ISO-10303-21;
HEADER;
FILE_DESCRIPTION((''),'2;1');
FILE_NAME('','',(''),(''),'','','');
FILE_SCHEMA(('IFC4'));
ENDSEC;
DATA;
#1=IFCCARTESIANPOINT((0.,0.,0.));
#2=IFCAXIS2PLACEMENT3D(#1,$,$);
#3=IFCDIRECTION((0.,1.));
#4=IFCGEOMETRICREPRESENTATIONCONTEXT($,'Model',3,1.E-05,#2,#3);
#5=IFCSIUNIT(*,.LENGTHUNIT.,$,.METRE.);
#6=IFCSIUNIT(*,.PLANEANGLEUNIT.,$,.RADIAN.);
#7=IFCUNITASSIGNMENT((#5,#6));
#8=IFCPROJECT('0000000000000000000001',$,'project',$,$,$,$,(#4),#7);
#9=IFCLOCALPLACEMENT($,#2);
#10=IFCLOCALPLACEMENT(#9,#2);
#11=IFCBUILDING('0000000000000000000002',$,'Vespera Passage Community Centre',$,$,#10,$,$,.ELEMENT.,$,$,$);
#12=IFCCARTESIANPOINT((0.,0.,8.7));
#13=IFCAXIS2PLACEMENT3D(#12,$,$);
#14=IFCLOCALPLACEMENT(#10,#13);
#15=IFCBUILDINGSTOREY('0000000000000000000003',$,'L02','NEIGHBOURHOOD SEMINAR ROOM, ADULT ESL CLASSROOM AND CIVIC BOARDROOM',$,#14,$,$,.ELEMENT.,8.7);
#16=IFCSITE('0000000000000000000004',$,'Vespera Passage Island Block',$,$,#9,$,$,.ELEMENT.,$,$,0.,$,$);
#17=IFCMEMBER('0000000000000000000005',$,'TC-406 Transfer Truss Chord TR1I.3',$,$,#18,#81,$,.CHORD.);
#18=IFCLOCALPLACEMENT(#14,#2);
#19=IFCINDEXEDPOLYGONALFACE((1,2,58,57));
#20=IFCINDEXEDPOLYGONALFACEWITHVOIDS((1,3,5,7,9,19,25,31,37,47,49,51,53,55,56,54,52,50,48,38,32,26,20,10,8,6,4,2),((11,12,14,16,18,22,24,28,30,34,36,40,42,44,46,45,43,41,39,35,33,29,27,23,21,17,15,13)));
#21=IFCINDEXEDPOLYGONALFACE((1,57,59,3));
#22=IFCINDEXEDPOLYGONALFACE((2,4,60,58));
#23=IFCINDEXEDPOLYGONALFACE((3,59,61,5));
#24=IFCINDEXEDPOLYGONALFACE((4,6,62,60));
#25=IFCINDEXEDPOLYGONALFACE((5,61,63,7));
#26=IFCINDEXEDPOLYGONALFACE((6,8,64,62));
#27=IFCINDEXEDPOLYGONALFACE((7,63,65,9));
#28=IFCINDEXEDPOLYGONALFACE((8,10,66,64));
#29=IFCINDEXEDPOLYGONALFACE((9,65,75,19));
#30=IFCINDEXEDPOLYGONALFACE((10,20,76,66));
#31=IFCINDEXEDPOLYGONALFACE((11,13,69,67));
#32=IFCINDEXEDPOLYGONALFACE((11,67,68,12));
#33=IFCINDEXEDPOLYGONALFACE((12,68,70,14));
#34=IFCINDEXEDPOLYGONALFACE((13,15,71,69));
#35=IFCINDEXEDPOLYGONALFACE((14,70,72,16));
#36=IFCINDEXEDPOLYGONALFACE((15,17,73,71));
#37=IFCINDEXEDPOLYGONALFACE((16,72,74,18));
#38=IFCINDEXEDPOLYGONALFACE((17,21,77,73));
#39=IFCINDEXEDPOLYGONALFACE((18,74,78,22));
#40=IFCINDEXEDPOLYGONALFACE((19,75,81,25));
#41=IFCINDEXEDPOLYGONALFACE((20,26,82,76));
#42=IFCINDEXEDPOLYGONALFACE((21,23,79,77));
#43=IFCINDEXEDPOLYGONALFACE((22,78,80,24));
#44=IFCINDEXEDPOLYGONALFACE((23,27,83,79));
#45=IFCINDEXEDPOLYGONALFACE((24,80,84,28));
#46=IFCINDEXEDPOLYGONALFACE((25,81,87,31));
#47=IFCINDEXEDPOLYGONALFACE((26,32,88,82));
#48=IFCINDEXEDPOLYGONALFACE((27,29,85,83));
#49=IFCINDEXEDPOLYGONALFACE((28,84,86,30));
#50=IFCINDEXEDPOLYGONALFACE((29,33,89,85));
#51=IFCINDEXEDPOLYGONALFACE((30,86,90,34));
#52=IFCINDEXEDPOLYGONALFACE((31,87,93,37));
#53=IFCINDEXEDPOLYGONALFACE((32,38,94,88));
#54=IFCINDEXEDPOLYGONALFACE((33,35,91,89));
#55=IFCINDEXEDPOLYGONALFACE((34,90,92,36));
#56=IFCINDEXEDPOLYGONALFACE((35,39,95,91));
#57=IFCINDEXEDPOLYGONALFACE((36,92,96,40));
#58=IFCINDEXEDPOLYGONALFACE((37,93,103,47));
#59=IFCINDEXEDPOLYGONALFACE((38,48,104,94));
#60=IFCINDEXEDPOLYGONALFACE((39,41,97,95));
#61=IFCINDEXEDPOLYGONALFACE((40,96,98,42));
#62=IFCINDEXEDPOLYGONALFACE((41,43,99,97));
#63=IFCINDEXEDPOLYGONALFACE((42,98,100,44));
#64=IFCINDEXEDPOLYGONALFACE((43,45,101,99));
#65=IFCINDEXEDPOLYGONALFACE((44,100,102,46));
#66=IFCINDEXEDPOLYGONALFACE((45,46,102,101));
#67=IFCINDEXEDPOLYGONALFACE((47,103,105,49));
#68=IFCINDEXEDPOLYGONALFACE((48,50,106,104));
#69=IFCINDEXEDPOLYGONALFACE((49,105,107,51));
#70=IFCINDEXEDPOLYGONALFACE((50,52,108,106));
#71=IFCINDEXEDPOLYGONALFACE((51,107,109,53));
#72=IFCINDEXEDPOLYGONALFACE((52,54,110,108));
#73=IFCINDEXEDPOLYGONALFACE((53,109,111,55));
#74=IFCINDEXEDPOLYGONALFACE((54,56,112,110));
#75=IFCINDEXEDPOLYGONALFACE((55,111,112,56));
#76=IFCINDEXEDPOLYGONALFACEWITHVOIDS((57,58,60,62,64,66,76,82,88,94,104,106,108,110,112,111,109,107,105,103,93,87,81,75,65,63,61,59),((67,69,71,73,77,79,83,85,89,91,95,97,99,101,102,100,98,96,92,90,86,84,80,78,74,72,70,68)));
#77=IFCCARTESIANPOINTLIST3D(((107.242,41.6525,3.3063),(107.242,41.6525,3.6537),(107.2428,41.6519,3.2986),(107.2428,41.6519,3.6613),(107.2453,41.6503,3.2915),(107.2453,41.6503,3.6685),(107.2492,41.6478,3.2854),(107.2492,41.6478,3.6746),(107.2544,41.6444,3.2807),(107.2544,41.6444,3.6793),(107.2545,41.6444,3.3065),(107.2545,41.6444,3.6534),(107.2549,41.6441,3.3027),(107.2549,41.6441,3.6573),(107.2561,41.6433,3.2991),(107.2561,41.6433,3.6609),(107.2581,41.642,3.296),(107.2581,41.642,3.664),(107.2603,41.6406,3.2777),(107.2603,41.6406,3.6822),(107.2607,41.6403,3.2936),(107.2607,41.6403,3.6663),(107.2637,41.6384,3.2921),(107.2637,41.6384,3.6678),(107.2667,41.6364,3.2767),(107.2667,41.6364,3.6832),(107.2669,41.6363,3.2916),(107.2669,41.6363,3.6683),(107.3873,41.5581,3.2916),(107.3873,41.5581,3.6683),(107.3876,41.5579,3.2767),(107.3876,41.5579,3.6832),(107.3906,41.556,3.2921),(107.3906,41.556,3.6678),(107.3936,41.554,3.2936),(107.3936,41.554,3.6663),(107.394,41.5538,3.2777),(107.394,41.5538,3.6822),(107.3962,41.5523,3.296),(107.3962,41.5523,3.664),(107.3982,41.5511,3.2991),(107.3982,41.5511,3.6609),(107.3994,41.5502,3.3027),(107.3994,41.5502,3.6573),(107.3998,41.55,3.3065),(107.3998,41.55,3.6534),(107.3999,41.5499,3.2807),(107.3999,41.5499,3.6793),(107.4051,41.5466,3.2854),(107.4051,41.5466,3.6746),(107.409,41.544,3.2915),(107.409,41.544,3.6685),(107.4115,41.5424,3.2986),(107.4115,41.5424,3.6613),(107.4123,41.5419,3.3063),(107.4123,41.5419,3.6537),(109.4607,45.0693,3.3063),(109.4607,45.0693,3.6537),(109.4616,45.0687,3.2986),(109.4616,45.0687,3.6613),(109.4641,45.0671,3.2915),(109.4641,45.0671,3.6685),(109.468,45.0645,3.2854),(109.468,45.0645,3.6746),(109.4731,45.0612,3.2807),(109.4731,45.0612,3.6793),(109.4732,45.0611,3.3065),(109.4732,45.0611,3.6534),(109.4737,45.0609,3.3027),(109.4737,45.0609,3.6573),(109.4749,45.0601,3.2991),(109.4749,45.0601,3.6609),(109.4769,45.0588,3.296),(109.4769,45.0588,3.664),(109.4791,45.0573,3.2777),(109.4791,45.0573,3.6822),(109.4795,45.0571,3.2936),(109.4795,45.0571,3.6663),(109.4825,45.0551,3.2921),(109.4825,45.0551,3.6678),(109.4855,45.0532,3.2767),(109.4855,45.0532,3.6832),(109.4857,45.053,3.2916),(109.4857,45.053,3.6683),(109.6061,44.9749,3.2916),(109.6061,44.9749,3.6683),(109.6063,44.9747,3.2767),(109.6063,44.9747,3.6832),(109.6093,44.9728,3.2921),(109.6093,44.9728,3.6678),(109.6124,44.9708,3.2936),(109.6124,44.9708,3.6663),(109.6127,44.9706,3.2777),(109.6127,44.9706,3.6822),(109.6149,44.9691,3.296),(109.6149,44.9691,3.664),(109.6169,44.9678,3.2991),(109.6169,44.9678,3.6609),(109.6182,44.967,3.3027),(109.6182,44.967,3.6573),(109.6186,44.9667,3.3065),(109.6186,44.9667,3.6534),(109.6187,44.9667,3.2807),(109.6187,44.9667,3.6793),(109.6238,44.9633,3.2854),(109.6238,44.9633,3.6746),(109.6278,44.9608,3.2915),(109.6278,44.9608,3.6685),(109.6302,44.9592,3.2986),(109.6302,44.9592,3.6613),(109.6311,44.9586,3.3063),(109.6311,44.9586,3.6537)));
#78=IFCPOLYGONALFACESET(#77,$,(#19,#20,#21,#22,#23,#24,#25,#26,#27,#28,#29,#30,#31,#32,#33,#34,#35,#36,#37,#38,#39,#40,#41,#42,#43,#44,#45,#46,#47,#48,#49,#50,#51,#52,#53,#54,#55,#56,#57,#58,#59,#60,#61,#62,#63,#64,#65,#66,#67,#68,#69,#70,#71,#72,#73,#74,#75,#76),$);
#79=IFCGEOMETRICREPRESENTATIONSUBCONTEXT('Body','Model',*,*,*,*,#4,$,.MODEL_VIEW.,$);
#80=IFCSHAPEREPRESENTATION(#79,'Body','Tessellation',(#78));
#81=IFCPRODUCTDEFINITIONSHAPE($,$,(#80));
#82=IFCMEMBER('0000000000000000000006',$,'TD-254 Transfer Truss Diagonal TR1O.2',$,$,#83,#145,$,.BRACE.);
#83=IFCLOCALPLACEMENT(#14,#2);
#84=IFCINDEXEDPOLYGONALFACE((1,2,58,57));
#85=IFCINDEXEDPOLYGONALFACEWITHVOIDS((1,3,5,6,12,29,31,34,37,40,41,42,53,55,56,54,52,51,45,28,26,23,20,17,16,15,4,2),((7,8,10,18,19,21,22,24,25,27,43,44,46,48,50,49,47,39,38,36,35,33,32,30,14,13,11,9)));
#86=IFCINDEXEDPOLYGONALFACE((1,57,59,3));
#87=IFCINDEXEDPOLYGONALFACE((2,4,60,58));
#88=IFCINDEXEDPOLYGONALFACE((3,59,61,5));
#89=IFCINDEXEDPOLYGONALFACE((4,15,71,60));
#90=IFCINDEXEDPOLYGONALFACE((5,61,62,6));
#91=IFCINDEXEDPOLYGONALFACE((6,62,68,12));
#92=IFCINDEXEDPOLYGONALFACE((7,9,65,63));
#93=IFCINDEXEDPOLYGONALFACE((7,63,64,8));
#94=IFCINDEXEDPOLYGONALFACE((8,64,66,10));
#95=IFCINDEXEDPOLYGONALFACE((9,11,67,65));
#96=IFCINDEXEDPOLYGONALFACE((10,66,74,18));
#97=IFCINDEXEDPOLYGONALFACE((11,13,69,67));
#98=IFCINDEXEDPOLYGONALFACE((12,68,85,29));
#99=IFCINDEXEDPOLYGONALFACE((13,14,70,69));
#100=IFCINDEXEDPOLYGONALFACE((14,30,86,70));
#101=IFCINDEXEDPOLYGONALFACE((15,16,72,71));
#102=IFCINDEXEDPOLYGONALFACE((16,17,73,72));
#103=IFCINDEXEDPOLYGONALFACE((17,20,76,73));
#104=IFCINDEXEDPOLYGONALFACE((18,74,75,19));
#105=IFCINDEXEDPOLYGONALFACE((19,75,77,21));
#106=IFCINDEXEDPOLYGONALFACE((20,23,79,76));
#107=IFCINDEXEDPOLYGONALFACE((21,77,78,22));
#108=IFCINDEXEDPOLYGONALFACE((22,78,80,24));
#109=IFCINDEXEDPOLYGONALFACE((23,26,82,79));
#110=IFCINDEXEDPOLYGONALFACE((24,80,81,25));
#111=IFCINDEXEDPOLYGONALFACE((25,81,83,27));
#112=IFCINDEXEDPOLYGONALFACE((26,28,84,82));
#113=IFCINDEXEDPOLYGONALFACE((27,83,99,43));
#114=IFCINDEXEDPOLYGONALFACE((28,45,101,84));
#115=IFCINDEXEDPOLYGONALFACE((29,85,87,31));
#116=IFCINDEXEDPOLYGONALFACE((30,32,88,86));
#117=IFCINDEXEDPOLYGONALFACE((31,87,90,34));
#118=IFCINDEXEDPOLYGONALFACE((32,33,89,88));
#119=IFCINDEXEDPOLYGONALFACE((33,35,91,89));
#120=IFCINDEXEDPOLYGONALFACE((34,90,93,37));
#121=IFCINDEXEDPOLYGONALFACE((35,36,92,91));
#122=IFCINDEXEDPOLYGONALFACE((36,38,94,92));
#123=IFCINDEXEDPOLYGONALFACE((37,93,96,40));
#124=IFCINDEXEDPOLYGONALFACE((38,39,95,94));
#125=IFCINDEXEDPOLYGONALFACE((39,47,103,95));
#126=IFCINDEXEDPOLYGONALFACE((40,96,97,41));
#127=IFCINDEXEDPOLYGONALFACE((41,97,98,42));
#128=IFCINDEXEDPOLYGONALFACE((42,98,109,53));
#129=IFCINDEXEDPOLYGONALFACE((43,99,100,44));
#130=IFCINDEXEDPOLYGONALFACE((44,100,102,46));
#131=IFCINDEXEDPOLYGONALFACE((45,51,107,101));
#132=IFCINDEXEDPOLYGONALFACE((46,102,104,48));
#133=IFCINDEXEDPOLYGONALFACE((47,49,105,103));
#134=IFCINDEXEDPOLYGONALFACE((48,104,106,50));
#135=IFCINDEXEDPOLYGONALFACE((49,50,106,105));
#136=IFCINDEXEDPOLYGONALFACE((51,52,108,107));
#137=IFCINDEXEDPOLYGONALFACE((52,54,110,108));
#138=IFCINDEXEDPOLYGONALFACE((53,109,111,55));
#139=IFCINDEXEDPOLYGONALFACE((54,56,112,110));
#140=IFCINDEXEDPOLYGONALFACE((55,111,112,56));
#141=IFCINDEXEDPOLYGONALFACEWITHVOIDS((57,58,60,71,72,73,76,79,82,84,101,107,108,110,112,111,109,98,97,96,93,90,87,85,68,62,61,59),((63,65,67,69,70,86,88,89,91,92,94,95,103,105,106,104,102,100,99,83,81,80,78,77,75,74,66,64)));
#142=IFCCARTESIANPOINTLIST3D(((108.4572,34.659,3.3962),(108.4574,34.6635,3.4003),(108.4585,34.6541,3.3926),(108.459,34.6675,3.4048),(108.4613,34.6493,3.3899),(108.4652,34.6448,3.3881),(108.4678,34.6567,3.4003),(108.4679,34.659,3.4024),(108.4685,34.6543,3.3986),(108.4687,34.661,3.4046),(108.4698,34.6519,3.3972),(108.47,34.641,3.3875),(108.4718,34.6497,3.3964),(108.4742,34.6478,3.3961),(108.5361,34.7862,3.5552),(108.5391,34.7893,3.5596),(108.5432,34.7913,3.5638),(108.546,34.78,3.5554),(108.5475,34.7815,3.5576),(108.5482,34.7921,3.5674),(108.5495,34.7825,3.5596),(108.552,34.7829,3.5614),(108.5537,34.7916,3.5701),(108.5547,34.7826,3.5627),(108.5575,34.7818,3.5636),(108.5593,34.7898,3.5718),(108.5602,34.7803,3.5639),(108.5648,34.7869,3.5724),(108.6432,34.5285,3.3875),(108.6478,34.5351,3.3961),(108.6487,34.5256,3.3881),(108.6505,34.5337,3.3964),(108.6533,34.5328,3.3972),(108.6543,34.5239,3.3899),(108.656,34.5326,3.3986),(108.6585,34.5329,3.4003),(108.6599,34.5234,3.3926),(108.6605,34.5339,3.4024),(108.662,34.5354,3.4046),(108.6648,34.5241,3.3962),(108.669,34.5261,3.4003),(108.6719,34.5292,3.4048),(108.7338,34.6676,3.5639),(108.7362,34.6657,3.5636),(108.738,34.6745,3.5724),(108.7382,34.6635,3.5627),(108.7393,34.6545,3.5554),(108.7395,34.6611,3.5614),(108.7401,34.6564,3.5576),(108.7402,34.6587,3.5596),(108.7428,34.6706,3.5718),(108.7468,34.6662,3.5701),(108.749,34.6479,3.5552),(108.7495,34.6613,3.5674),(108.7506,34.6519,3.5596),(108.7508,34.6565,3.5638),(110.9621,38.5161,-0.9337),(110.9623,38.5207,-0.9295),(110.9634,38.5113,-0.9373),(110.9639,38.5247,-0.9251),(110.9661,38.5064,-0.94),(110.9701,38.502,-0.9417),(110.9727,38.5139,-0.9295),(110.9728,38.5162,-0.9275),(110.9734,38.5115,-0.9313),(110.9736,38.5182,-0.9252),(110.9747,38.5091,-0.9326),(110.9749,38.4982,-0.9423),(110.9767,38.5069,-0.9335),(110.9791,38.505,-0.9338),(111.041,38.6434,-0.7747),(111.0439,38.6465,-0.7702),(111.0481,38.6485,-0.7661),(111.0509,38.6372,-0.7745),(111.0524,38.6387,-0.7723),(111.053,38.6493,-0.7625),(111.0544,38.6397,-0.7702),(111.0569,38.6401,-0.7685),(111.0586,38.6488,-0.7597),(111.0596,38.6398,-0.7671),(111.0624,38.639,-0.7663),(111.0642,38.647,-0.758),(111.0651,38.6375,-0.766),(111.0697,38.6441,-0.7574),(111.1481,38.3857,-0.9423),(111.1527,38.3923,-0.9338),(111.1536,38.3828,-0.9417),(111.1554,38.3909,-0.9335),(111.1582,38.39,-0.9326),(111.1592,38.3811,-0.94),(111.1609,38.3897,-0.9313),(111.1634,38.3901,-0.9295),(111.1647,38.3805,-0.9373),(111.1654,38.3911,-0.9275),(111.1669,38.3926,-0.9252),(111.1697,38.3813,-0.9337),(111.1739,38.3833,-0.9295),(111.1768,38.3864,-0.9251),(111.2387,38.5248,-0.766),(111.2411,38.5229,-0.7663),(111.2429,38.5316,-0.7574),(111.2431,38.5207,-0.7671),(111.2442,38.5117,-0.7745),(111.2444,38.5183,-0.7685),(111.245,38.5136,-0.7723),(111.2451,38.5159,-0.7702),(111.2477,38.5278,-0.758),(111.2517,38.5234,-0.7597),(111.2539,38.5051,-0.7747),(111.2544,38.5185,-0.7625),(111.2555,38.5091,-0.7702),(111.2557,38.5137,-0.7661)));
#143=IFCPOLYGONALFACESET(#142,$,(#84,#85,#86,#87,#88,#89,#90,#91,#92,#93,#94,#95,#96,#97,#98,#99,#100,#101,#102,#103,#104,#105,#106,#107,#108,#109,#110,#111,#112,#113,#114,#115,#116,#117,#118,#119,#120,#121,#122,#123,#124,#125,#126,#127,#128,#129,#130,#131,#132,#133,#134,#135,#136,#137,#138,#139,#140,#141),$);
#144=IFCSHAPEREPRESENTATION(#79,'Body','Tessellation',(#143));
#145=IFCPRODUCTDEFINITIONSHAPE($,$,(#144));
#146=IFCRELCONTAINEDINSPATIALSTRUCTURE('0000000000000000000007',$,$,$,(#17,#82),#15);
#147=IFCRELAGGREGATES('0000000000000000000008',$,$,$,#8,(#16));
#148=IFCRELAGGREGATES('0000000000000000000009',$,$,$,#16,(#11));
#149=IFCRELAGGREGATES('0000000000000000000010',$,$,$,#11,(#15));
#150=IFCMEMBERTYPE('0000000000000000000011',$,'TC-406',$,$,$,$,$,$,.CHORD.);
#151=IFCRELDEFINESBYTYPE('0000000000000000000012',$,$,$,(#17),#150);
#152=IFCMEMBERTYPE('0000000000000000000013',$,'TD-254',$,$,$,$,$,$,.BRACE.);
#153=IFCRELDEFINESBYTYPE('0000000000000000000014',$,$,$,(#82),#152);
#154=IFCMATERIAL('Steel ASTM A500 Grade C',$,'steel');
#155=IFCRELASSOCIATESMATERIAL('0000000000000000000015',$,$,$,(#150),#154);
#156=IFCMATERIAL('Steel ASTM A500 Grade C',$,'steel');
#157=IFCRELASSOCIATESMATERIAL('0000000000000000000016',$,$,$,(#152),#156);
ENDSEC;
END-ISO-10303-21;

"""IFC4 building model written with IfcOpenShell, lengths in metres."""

from ifc_helpers import new_model, si_unit, direction, frame, origin, origin_2d, place, context, subcontext, project, spatial, hollow_rectangle, extrude, material, material_profile, profile_set, type_object, element, save


model = new_model("IFC4")

# Units and contexts
model_context = context("Model", 3, precision=1e-05, world=origin(), true_north=direction((0.0, 1.0)))
body_context = subcontext(model_context, "Body", "Model", "MODEL_VIEW")
ifc_project = project(units=[si_unit("LENGTHUNIT", "METRE"), si_unit("PLANEANGLEUNIT", "RADIAN")], contexts=[model_context])

# Site, building, storey
site_placement = place(None, origin())
site = spatial("IfcSite", under=ifc_project, at=site_placement, Name="Vespera Passage Island Block", CompositionType="ELEMENT", RefElevation=0.0)
building_placement = place(site_placement, origin())
building = spatial("IfcBuilding", under=site, at=building_placement, Name="Vespera Passage Community Centre", CompositionType="ELEMENT")
storey_placement = place(building_placement, frame((0.0, 0.0, 8.7)))
storey = spatial("IfcBuildingStorey", under=building, at=storey_placement, Name="L02", Description="NEIGHBOURHOOD SEMINAR ROOM, ADULT ESL CLASSROOM AND CIVIC BOARDROOM", CompositionType="ELEMENT", Elevation=8.7)

# Members
ifc_material_1 = material(Name="Steel ASTM A500 Grade C", Category="steel")
ifc_material_profile_1 = material_profile(ifc_material_1, hollow_rectangle(XDim=0.2031, YDim=0.4065, WallThickness=0.0149, InnerFilletRadius=0.0149, OuterFilletRadius=0.0295, at=origin_2d()), Name="HSS406X203X15.9")
ifc_profile_set_1 = profile_set([ifc_material_profile_1], Name="Steel ASTM A500 Grade C")
member_type_1 = type_object("IfcMemberType", Name="TC-406", PredefinedType="CHORD", material=ifc_profile_set_1)
for number, where, z_axis, x_axis, name in (
    (1, (107.3271, 41.5972, 3.48), (0.54462, 0.838683, 0.0), (-0.838683, 0.54462, 0.0), "TC-406 Transfer Truss Chord TR1I.3"),
):
    element("IfcMember", number, at=place(storey_placement, frame(where, z_axis=z_axis, x_axis=x_axis)), inside=storey, type_object=member_type_1, Name=name, PredefinedType="CHORD", context=body_context, shape_type="SweptSolid", body=[
        extrude(hollow_rectangle(XDim=0.2031, YDim=0.4065, WallThickness=0.0149, InnerFilletRadius=0.0149, OuterFilletRadius=0.0295, at=origin_2d()), origin(), (0.0, 0.0, 1.0), 4.074),
    ])
ifc_material_2 = material(Name="Steel ASTM A500 Grade C", Category="steel")
ifc_material_profile_2 = material_profile(ifc_material_2, hollow_rectangle(XDim=0.2539, YDim=0.2539, WallThickness=0.0117, InnerFilletRadius=0.0117, OuterFilletRadius=0.0237, at=origin_2d()), Name="HSS254X254X12.7")
ifc_profile_set_2 = profile_set([ifc_material_profile_2], Name="Steel ASTM A500 Grade C")
member_type_2 = type_object("IfcMemberType", Name="TD-254", PredefinedType="BRACE", material=ifc_profile_set_2)
member_1_placement = place(storey_placement, frame((108.604, 34.6577, 3.48), z_axis=(0.396554, 0.610639, -0.685467), x_axis=(-0.83867, 0.544639, 0.0)))
element("IfcMember", 2, at=member_1_placement, inside=storey, type_object=member_type_2, Name="TD-254 Transfer Truss Diagonal TR1O.2", PredefinedType="BRACE", context=body_context, shape_type="SweptSolid", body=[
    extrude(hollow_rectangle(XDim=0.2539, YDim=0.2539, WallThickness=0.0117, InnerFilletRadius=0.0117, OuterFilletRadius=0.0237, at=origin_2d()), origin(), (0.0, 0.0, 1.0), 6.3167),
])

save(model, "model.ifc")
